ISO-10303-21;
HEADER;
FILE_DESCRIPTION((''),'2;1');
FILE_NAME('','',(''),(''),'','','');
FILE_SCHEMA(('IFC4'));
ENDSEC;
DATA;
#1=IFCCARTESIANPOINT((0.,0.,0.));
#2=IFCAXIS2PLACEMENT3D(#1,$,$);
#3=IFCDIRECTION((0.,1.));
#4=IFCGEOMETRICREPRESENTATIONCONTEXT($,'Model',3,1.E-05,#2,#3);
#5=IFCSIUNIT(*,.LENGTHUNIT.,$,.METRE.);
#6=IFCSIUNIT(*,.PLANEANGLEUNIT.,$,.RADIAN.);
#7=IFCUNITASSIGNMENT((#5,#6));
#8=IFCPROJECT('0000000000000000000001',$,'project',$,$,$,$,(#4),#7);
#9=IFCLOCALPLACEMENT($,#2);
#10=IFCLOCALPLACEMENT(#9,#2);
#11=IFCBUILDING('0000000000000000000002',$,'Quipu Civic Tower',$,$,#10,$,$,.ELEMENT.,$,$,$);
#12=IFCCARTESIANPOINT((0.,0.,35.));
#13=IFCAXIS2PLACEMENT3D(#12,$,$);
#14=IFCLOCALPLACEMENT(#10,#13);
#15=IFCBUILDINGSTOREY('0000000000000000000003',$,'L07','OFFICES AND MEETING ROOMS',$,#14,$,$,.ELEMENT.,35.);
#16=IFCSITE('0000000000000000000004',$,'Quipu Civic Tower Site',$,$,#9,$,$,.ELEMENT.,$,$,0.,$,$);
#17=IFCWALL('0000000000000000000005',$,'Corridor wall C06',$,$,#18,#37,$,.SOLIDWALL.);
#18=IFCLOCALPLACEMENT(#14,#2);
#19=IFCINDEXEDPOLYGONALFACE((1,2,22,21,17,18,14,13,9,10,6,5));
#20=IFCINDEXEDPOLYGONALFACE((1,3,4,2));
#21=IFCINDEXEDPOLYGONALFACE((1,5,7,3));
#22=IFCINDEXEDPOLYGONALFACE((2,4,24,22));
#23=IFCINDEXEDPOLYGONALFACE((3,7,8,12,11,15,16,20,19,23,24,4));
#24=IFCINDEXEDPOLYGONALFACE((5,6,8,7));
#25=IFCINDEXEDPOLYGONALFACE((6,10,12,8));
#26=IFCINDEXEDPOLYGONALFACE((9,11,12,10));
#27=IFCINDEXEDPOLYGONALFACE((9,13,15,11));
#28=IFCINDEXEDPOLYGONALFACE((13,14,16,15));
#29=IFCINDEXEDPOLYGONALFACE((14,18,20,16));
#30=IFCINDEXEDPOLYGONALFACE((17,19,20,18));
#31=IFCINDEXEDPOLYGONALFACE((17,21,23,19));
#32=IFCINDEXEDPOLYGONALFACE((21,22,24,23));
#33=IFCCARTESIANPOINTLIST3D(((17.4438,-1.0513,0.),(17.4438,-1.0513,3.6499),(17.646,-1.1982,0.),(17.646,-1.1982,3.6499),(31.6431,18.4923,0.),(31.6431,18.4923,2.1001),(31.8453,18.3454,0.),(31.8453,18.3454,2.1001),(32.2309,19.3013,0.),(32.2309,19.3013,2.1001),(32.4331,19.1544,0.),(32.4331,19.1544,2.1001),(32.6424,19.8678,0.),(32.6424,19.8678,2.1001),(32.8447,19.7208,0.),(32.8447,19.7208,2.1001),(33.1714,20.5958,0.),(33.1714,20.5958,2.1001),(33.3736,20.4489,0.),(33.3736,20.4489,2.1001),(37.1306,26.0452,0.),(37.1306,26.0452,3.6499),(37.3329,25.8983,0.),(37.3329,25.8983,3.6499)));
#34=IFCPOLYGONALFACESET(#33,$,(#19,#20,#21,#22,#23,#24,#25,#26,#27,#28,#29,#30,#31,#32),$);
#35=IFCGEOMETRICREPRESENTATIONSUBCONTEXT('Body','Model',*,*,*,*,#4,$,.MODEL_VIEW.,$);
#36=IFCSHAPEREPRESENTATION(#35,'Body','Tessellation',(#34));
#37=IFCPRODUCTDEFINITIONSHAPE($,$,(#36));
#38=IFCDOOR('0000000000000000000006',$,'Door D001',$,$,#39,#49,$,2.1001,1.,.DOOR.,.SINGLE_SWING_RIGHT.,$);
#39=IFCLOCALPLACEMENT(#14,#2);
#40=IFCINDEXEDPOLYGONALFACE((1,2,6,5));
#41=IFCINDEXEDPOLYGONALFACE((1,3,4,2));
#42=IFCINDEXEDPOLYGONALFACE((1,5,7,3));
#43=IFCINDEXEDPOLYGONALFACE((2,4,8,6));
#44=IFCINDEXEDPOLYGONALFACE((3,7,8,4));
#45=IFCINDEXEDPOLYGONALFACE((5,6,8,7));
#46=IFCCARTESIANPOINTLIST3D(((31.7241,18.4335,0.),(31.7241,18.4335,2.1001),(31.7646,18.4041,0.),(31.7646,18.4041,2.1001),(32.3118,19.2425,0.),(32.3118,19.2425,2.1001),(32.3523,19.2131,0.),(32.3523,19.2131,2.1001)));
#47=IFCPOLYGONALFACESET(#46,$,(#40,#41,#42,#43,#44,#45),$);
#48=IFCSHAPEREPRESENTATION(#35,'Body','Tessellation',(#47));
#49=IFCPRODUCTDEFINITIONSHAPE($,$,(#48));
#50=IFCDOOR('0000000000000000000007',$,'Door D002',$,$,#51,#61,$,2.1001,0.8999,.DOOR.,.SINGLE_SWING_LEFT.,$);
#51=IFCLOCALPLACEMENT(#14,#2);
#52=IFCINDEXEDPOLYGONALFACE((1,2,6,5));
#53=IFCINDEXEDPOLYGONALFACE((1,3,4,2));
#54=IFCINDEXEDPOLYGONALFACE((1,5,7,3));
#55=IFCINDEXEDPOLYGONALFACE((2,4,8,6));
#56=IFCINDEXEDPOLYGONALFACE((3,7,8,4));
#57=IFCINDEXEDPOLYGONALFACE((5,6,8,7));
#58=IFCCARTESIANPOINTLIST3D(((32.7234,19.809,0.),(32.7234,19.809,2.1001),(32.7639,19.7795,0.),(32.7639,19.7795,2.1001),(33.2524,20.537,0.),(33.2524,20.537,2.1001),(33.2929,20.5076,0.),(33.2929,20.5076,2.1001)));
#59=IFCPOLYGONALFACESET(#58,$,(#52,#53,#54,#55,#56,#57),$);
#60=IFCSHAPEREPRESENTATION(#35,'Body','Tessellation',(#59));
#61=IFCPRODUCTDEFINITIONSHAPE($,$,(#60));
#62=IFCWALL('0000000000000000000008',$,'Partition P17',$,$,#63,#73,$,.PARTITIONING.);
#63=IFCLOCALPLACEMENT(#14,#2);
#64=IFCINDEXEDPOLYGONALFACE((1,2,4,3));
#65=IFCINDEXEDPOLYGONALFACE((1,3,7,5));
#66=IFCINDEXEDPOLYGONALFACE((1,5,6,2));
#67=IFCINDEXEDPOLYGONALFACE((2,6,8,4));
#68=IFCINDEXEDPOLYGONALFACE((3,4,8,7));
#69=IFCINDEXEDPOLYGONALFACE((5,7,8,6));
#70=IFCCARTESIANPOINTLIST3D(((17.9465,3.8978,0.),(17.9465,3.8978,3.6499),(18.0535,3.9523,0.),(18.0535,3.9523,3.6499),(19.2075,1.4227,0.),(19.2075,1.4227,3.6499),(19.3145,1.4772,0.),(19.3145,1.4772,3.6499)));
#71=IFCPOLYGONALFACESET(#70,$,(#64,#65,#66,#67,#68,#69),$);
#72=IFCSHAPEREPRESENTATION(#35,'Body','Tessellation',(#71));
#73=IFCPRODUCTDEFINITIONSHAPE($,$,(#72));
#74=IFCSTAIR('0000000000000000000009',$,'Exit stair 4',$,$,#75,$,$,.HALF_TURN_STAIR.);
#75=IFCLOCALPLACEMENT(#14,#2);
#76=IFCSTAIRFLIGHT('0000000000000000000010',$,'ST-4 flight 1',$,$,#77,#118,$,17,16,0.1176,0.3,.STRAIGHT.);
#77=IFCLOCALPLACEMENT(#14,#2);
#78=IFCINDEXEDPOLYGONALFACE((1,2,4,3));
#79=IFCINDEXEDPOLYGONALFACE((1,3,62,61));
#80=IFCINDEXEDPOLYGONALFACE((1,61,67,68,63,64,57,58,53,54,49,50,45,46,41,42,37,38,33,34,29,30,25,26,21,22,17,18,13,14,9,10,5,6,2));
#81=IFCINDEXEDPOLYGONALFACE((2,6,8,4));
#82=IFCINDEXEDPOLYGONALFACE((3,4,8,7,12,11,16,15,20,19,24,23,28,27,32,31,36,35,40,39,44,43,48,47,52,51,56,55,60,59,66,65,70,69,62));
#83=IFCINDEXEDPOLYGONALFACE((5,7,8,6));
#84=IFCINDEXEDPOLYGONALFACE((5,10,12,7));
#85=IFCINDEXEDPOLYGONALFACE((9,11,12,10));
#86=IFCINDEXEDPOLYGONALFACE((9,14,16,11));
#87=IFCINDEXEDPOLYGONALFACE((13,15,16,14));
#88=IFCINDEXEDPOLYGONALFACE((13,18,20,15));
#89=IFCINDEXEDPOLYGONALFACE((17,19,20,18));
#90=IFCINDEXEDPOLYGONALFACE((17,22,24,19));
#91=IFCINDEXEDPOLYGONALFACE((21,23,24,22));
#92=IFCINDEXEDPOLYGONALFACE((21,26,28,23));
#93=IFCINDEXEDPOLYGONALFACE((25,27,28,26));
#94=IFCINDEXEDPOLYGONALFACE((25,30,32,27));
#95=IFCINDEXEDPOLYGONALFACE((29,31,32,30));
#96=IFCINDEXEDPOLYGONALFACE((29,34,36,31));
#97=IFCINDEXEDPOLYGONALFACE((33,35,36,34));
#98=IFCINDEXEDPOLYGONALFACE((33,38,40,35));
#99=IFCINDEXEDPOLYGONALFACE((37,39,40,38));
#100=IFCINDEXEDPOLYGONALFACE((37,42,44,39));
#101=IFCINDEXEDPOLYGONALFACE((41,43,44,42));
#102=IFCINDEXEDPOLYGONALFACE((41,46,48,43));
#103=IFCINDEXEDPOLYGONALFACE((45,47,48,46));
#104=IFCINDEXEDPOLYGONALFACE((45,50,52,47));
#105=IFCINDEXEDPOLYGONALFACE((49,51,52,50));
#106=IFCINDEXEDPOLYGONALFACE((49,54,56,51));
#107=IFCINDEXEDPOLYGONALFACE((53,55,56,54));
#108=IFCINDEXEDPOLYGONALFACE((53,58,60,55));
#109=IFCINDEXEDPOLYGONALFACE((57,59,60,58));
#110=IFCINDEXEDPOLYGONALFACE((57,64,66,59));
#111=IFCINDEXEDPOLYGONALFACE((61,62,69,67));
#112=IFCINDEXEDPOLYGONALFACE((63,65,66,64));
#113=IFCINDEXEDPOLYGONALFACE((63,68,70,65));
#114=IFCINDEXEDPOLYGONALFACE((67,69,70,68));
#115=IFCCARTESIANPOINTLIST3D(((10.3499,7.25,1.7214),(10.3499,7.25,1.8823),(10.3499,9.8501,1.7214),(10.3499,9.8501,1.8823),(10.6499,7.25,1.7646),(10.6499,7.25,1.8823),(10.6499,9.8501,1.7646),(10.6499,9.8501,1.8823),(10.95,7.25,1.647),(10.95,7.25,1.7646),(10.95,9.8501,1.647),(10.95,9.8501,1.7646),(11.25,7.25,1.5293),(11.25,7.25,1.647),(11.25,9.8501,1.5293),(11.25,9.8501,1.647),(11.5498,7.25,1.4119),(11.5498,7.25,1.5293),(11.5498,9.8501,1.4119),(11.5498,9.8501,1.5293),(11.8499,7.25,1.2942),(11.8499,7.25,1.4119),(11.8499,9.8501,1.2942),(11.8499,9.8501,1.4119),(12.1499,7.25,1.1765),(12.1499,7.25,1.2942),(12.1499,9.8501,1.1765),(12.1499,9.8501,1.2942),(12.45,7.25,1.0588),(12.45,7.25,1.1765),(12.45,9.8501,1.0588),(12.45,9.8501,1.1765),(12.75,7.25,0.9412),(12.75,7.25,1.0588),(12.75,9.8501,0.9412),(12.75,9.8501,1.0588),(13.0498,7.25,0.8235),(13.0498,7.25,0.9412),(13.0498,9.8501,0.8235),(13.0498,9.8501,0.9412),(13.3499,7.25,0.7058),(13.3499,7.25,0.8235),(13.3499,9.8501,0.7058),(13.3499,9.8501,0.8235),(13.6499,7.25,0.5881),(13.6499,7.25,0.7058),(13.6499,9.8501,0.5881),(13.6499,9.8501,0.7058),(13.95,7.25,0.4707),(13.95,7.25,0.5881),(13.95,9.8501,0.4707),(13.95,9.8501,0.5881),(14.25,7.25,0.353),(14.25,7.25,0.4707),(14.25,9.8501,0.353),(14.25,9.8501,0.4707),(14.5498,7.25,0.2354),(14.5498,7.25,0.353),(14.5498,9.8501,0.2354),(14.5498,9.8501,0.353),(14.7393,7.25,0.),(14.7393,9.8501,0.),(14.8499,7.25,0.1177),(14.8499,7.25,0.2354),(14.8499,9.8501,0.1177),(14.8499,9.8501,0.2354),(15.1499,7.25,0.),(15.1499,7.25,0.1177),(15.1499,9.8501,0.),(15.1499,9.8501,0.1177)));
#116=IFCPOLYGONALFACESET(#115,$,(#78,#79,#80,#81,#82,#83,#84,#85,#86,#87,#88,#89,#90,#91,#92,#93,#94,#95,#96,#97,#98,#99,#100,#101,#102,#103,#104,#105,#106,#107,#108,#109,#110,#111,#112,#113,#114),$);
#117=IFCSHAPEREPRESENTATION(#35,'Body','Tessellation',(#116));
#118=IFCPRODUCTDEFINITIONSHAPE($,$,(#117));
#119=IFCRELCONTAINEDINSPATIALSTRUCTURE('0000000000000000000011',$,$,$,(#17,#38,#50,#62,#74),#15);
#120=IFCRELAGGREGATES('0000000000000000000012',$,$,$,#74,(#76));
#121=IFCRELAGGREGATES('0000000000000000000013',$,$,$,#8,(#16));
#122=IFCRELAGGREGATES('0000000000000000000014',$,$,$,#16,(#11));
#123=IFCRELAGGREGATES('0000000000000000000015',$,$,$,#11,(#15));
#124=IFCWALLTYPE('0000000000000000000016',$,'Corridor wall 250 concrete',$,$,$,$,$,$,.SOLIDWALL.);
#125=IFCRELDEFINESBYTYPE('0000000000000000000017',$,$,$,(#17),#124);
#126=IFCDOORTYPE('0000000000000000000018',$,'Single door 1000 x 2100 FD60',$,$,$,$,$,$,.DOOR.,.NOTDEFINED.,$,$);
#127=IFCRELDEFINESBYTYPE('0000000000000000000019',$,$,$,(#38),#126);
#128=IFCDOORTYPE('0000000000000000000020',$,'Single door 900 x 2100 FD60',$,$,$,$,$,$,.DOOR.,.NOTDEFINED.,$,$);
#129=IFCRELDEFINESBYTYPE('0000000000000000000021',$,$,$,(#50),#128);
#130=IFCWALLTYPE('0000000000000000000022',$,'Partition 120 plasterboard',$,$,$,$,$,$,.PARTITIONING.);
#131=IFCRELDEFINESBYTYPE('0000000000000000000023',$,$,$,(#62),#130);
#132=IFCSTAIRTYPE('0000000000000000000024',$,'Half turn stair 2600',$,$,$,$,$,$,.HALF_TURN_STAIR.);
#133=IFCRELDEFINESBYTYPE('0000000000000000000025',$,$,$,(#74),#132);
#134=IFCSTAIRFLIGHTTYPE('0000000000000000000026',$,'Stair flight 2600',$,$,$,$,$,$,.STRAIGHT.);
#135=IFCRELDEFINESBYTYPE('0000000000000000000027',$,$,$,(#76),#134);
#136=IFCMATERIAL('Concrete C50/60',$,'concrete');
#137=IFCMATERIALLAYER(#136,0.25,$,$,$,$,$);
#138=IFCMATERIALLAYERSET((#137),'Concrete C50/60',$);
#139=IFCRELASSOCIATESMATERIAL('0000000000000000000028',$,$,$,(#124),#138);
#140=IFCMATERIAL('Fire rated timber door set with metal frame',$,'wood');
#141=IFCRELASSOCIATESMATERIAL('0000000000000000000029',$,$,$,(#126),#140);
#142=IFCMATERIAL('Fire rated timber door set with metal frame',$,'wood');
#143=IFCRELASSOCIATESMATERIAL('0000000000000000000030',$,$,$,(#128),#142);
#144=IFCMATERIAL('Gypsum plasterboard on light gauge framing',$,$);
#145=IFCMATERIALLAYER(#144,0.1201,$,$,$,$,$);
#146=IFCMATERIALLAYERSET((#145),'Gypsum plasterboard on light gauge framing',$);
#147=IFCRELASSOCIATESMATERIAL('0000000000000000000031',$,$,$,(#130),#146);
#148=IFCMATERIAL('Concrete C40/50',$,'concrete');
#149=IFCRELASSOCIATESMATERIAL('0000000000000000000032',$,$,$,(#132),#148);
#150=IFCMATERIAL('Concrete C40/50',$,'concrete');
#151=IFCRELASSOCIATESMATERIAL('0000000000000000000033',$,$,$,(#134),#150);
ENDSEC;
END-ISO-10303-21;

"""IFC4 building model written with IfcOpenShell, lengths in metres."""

from ifc_helpers import new_model, si_unit, direction, frame, frame_2d, origin, place, context, subcontext, project, spatial, polyline, rectangle, outline, extrude, material, layer, layer_set, type_object, element, fill, aggregate, save


model = new_model("IFC4")

# Units and contexts
model_context = context("Model", 3, precision=1e-05, world=origin(), true_north=direction((0.0, 1.0)))
body_context = subcontext(model_context, "Body", "Model", "MODEL_VIEW")
ifc_project = project(units=[si_unit("LENGTHUNIT", "METRE"), si_unit("PLANEANGLEUNIT", "RADIAN")], contexts=[model_context])

# Site, building, storey
site_placement = place(None, origin())
site = spatial("IfcSite", under=ifc_project, at=site_placement, Name="Quipu Civic Tower Site", CompositionType="ELEMENT", RefElevation=0.0)
building_placement = place(site_placement, origin())
building = spatial("IfcBuilding", under=site, at=building_placement, Name="Quipu Civic Tower", CompositionType="ELEMENT")
storey_placement = place(building_placement, frame((0.0, 0.0, 35.0)))
storey = spatial("IfcBuildingStorey", under=building, at=storey_placement, Name="L07", Description="OFFICES AND MEETING ROOMS", CompositionType="ELEMENT", Elevation=35.0)

# Wall, openings, doors
ifc_material_1 = material(Name="Concrete C50/60", Category="concrete")
ifc_layer_1 = layer(ifc_material_1, 0.25)
ifc_layer_set_1 = layer_set([ifc_layer_1], Name="Concrete C50/60")
wall_type_1 = type_object("IfcWallType", Name="Corridor wall 250 concrete", PredefinedType="SOLIDWALL", material=ifc_layer_set_1)
wall_1_placement = place(storey_placement, frame((17.5449, -1.1248, 0.0), z_axis=(0.0, 0.0, 1.0), x_axis=(0.587786, 0.809016, 0.0)))
wall_1 = element("IfcWall", 1, at=wall_1_placement, inside=storey, type_object=wall_type_1, Name="Corridor wall C06", PredefinedType="SOLIDWALL", context=body_context, shape_type="SweptSolid", body=[
    extrude(rectangle(XDim=33.4932, YDim=0.25, at=frame_2d((16.7466, 0.0))), origin(), (0.0, 0.0, 1.0), 3.6499),
])
opening_1_placement = place(wall_1_placement, frame((25.8574, 0.0, 0.0)))
opening_1 = element("IfcOpeningElement", 2, at=opening_1_placement, cuts=wall_1, PredefinedType="OPENING", context=body_context, shape_type="SweptSolid", body=[
    extrude(rectangle(XDim=0.8999, YDim=2.1001, at=frame_2d((0.45, 1.05))), frame((0.0, 0.135, 0.0), z_axis=(0.0, -1.0, 0.0), x_axis=(1.0, 0.0, 0.0)), (0.0, 0.0, 1.0), 0.27),
])
opening_2_placement = place(wall_1_placement, frame((24.1572, 0.0, 0.0)))
opening_2 = element("IfcOpeningElement", 3, at=opening_2_placement, cuts=wall_1, PredefinedType="OPENING", context=body_context, shape_type="SweptSolid", body=[
    extrude(rectangle(XDim=1.0, YDim=2.1001, at=frame_2d((0.5, 1.05))), frame((0.0, 0.135, 0.0), z_axis=(0.0, -1.0, 0.0), x_axis=(1.0, 0.0, 0.0)), (0.0, 0.0, 1.0), 0.27),
])
ifc_material_2 = material(Name="Fire rated timber door set with metal frame", Category="wood")
door_type_1 = type_object("IfcDoorType", Name="Single door 1000 x 2100 FD60", OperationType="NOTDEFINED", PredefinedType="DOOR", material=ifc_material_2)
door_1_placement = place(opening_2_placement, origin())
door_1 = element("IfcDoor", 4, at=door_1_placement, inside=storey, type_object=door_type_1, Name="Door D001", OperationType="SINGLE_SWING_RIGHT", OverallHeight=2.1001, OverallWidth=1.0, PredefinedType="DOOR", context=body_context, shape_type="SweptSolid", body=[
    extrude(rectangle(XDim=1.0, YDim=2.1001, at=frame_2d((0.5, 1.05))), frame((0.0, 0.0249, 0.0), z_axis=(0.0, -1.0, 0.0), x_axis=(1.0, 0.0, 0.0)), (0.0, 0.0, 1.0), 0.05),
])
fill(opening_2, door_1)
ifc_material_3 = material(Name="Fire rated timber door set with metal frame", Category="wood")
door_type_2 = type_object("IfcDoorType", Name="Single door 900 x 2100 FD60", OperationType="NOTDEFINED", PredefinedType="DOOR", material=ifc_material_3)
door_2_placement = place(opening_1_placement, origin())
door_2 = element("IfcDoor", 5, at=door_2_placement, inside=storey, type_object=door_type_2, Name="Door D002", OperationType="SINGLE_SWING_LEFT", OverallHeight=2.1001, OverallWidth=0.8999, PredefinedType="DOOR", context=body_context, shape_type="SweptSolid", body=[
    extrude(rectangle(XDim=0.8999, YDim=2.1001, at=frame_2d((0.45, 1.05))), frame((0.0, 0.0249, 0.0), z_axis=(0.0, -1.0, 0.0), x_axis=(1.0, 0.0, 0.0)), (0.0, 0.0, 1.0), 0.05),
])
fill(opening_1, door_2)

# Wall
ifc_material_4 = material(Name="Gypsum plasterboard on light gauge framing")
ifc_layer_2 = layer(ifc_material_4, 0.1201)
ifc_layer_set_2 = layer_set([ifc_layer_2], Name="Gypsum plasterboard on light gauge framing")
wall_type_2 = type_object("IfcWallType", Name="Partition 120 plasterboard", PredefinedType="PARTITIONING", material=ifc_layer_set_2)
wall_2_placement = place(storey_placement, frame((18.0, 3.925, 0.0), z_axis=(0.0, 0.0, 1.0), x_axis=(0.453951, -0.891027, 0.0)))
element("IfcWall", 6, at=wall_2_placement, inside=storey, type_object=wall_type_2, Name="Partition P17", PredefinedType="PARTITIONING", context=body_context, shape_type="SweptSolid", body=[
    extrude(rectangle(XDim=2.7778, YDim=0.1201, at=frame_2d((1.3889, 0.0))), origin(), (0.0, 0.0, 1.0), 3.6499),
])

# Stair, stair flight
ifc_material_5 = material(Name="Concrete C40/50", Category="concrete")
stair_type = type_object("IfcStairType", Name="Half turn stair 2600", PredefinedType="HALF_TURN_STAIR", material=ifc_material_5)
stair_placement = place(storey_placement, origin())
stair = element("IfcStair", 7, at=stair_placement, inside=storey, type_object=stair_type, Name="Exit stair 4", PredefinedType="HALF_TURN_STAIR")
ifc_material_6 = material(Name="Concrete C40/50", Category="concrete")
stair_flight_type = type_object("IfcStairFlightType", Name="Stair flight 2600", PredefinedType="STRAIGHT", material=ifc_material_6)
stair_flight_placement = place(storey_placement, frame((15.1499, 8.55, 0.0), z_axis=(0.0, 0.0, 1.0), x_axis=(-1.0, 0.0, 0.0)))
stair_flight = element("IfcStairFlight", 8, at=stair_flight_placement, type_object=stair_flight_type, Name="ST-4 flight 1", NumberOfRisers=17, NumberOfTreads=16, PredefinedType="STRAIGHT", RiserHeight=0.1176, TreadLength=0.3, context=body_context, shape_type="SweptSolid", body=[
    extrude(outline(polyline([(0.0, 0.0), (0.0, 0.1177), (0.3, 0.1177), (0.3, 0.2354), (0.6001, 0.2354), (0.6001, 0.353), (0.8999, 0.353), (0.8999, 0.4707), (1.2, 0.4707), (1.2, 0.5881), (1.5, 0.5881), (1.5, 0.7058), (1.8, 0.7058), (1.8, 0.8235), (2.1001, 0.8235), (2.1001, 0.9412), (2.3999, 0.9412), (2.3999, 1.0588), (2.7, 1.0588), (2.7, 1.1765), (3.0, 1.1765), (3.0, 1.2942), (3.3, 1.2942), (3.3, 1.4119), (3.6001, 1.4119), (3.6001, 1.5293), (3.8999, 1.5293), (3.8999, 1.647), (4.2, 1.647), (4.2, 1.7646), (4.5, 1.7646), (4.5, 1.8823), (4.8, 1.8823), (4.8, 2.0), (4.8, 1.7214), (0.4106, 0.0), (0.0, 0.0)])), frame((0.0, 1.3, 0.0), z_axis=(0.0, -1.0, 0.0), x_axis=(1.0, 0.0, 0.0)), (0.0, 0.0, 1.0), 2.6001),
])
aggregate(stair, [stair_flight])

save(model, "model.ifc")
